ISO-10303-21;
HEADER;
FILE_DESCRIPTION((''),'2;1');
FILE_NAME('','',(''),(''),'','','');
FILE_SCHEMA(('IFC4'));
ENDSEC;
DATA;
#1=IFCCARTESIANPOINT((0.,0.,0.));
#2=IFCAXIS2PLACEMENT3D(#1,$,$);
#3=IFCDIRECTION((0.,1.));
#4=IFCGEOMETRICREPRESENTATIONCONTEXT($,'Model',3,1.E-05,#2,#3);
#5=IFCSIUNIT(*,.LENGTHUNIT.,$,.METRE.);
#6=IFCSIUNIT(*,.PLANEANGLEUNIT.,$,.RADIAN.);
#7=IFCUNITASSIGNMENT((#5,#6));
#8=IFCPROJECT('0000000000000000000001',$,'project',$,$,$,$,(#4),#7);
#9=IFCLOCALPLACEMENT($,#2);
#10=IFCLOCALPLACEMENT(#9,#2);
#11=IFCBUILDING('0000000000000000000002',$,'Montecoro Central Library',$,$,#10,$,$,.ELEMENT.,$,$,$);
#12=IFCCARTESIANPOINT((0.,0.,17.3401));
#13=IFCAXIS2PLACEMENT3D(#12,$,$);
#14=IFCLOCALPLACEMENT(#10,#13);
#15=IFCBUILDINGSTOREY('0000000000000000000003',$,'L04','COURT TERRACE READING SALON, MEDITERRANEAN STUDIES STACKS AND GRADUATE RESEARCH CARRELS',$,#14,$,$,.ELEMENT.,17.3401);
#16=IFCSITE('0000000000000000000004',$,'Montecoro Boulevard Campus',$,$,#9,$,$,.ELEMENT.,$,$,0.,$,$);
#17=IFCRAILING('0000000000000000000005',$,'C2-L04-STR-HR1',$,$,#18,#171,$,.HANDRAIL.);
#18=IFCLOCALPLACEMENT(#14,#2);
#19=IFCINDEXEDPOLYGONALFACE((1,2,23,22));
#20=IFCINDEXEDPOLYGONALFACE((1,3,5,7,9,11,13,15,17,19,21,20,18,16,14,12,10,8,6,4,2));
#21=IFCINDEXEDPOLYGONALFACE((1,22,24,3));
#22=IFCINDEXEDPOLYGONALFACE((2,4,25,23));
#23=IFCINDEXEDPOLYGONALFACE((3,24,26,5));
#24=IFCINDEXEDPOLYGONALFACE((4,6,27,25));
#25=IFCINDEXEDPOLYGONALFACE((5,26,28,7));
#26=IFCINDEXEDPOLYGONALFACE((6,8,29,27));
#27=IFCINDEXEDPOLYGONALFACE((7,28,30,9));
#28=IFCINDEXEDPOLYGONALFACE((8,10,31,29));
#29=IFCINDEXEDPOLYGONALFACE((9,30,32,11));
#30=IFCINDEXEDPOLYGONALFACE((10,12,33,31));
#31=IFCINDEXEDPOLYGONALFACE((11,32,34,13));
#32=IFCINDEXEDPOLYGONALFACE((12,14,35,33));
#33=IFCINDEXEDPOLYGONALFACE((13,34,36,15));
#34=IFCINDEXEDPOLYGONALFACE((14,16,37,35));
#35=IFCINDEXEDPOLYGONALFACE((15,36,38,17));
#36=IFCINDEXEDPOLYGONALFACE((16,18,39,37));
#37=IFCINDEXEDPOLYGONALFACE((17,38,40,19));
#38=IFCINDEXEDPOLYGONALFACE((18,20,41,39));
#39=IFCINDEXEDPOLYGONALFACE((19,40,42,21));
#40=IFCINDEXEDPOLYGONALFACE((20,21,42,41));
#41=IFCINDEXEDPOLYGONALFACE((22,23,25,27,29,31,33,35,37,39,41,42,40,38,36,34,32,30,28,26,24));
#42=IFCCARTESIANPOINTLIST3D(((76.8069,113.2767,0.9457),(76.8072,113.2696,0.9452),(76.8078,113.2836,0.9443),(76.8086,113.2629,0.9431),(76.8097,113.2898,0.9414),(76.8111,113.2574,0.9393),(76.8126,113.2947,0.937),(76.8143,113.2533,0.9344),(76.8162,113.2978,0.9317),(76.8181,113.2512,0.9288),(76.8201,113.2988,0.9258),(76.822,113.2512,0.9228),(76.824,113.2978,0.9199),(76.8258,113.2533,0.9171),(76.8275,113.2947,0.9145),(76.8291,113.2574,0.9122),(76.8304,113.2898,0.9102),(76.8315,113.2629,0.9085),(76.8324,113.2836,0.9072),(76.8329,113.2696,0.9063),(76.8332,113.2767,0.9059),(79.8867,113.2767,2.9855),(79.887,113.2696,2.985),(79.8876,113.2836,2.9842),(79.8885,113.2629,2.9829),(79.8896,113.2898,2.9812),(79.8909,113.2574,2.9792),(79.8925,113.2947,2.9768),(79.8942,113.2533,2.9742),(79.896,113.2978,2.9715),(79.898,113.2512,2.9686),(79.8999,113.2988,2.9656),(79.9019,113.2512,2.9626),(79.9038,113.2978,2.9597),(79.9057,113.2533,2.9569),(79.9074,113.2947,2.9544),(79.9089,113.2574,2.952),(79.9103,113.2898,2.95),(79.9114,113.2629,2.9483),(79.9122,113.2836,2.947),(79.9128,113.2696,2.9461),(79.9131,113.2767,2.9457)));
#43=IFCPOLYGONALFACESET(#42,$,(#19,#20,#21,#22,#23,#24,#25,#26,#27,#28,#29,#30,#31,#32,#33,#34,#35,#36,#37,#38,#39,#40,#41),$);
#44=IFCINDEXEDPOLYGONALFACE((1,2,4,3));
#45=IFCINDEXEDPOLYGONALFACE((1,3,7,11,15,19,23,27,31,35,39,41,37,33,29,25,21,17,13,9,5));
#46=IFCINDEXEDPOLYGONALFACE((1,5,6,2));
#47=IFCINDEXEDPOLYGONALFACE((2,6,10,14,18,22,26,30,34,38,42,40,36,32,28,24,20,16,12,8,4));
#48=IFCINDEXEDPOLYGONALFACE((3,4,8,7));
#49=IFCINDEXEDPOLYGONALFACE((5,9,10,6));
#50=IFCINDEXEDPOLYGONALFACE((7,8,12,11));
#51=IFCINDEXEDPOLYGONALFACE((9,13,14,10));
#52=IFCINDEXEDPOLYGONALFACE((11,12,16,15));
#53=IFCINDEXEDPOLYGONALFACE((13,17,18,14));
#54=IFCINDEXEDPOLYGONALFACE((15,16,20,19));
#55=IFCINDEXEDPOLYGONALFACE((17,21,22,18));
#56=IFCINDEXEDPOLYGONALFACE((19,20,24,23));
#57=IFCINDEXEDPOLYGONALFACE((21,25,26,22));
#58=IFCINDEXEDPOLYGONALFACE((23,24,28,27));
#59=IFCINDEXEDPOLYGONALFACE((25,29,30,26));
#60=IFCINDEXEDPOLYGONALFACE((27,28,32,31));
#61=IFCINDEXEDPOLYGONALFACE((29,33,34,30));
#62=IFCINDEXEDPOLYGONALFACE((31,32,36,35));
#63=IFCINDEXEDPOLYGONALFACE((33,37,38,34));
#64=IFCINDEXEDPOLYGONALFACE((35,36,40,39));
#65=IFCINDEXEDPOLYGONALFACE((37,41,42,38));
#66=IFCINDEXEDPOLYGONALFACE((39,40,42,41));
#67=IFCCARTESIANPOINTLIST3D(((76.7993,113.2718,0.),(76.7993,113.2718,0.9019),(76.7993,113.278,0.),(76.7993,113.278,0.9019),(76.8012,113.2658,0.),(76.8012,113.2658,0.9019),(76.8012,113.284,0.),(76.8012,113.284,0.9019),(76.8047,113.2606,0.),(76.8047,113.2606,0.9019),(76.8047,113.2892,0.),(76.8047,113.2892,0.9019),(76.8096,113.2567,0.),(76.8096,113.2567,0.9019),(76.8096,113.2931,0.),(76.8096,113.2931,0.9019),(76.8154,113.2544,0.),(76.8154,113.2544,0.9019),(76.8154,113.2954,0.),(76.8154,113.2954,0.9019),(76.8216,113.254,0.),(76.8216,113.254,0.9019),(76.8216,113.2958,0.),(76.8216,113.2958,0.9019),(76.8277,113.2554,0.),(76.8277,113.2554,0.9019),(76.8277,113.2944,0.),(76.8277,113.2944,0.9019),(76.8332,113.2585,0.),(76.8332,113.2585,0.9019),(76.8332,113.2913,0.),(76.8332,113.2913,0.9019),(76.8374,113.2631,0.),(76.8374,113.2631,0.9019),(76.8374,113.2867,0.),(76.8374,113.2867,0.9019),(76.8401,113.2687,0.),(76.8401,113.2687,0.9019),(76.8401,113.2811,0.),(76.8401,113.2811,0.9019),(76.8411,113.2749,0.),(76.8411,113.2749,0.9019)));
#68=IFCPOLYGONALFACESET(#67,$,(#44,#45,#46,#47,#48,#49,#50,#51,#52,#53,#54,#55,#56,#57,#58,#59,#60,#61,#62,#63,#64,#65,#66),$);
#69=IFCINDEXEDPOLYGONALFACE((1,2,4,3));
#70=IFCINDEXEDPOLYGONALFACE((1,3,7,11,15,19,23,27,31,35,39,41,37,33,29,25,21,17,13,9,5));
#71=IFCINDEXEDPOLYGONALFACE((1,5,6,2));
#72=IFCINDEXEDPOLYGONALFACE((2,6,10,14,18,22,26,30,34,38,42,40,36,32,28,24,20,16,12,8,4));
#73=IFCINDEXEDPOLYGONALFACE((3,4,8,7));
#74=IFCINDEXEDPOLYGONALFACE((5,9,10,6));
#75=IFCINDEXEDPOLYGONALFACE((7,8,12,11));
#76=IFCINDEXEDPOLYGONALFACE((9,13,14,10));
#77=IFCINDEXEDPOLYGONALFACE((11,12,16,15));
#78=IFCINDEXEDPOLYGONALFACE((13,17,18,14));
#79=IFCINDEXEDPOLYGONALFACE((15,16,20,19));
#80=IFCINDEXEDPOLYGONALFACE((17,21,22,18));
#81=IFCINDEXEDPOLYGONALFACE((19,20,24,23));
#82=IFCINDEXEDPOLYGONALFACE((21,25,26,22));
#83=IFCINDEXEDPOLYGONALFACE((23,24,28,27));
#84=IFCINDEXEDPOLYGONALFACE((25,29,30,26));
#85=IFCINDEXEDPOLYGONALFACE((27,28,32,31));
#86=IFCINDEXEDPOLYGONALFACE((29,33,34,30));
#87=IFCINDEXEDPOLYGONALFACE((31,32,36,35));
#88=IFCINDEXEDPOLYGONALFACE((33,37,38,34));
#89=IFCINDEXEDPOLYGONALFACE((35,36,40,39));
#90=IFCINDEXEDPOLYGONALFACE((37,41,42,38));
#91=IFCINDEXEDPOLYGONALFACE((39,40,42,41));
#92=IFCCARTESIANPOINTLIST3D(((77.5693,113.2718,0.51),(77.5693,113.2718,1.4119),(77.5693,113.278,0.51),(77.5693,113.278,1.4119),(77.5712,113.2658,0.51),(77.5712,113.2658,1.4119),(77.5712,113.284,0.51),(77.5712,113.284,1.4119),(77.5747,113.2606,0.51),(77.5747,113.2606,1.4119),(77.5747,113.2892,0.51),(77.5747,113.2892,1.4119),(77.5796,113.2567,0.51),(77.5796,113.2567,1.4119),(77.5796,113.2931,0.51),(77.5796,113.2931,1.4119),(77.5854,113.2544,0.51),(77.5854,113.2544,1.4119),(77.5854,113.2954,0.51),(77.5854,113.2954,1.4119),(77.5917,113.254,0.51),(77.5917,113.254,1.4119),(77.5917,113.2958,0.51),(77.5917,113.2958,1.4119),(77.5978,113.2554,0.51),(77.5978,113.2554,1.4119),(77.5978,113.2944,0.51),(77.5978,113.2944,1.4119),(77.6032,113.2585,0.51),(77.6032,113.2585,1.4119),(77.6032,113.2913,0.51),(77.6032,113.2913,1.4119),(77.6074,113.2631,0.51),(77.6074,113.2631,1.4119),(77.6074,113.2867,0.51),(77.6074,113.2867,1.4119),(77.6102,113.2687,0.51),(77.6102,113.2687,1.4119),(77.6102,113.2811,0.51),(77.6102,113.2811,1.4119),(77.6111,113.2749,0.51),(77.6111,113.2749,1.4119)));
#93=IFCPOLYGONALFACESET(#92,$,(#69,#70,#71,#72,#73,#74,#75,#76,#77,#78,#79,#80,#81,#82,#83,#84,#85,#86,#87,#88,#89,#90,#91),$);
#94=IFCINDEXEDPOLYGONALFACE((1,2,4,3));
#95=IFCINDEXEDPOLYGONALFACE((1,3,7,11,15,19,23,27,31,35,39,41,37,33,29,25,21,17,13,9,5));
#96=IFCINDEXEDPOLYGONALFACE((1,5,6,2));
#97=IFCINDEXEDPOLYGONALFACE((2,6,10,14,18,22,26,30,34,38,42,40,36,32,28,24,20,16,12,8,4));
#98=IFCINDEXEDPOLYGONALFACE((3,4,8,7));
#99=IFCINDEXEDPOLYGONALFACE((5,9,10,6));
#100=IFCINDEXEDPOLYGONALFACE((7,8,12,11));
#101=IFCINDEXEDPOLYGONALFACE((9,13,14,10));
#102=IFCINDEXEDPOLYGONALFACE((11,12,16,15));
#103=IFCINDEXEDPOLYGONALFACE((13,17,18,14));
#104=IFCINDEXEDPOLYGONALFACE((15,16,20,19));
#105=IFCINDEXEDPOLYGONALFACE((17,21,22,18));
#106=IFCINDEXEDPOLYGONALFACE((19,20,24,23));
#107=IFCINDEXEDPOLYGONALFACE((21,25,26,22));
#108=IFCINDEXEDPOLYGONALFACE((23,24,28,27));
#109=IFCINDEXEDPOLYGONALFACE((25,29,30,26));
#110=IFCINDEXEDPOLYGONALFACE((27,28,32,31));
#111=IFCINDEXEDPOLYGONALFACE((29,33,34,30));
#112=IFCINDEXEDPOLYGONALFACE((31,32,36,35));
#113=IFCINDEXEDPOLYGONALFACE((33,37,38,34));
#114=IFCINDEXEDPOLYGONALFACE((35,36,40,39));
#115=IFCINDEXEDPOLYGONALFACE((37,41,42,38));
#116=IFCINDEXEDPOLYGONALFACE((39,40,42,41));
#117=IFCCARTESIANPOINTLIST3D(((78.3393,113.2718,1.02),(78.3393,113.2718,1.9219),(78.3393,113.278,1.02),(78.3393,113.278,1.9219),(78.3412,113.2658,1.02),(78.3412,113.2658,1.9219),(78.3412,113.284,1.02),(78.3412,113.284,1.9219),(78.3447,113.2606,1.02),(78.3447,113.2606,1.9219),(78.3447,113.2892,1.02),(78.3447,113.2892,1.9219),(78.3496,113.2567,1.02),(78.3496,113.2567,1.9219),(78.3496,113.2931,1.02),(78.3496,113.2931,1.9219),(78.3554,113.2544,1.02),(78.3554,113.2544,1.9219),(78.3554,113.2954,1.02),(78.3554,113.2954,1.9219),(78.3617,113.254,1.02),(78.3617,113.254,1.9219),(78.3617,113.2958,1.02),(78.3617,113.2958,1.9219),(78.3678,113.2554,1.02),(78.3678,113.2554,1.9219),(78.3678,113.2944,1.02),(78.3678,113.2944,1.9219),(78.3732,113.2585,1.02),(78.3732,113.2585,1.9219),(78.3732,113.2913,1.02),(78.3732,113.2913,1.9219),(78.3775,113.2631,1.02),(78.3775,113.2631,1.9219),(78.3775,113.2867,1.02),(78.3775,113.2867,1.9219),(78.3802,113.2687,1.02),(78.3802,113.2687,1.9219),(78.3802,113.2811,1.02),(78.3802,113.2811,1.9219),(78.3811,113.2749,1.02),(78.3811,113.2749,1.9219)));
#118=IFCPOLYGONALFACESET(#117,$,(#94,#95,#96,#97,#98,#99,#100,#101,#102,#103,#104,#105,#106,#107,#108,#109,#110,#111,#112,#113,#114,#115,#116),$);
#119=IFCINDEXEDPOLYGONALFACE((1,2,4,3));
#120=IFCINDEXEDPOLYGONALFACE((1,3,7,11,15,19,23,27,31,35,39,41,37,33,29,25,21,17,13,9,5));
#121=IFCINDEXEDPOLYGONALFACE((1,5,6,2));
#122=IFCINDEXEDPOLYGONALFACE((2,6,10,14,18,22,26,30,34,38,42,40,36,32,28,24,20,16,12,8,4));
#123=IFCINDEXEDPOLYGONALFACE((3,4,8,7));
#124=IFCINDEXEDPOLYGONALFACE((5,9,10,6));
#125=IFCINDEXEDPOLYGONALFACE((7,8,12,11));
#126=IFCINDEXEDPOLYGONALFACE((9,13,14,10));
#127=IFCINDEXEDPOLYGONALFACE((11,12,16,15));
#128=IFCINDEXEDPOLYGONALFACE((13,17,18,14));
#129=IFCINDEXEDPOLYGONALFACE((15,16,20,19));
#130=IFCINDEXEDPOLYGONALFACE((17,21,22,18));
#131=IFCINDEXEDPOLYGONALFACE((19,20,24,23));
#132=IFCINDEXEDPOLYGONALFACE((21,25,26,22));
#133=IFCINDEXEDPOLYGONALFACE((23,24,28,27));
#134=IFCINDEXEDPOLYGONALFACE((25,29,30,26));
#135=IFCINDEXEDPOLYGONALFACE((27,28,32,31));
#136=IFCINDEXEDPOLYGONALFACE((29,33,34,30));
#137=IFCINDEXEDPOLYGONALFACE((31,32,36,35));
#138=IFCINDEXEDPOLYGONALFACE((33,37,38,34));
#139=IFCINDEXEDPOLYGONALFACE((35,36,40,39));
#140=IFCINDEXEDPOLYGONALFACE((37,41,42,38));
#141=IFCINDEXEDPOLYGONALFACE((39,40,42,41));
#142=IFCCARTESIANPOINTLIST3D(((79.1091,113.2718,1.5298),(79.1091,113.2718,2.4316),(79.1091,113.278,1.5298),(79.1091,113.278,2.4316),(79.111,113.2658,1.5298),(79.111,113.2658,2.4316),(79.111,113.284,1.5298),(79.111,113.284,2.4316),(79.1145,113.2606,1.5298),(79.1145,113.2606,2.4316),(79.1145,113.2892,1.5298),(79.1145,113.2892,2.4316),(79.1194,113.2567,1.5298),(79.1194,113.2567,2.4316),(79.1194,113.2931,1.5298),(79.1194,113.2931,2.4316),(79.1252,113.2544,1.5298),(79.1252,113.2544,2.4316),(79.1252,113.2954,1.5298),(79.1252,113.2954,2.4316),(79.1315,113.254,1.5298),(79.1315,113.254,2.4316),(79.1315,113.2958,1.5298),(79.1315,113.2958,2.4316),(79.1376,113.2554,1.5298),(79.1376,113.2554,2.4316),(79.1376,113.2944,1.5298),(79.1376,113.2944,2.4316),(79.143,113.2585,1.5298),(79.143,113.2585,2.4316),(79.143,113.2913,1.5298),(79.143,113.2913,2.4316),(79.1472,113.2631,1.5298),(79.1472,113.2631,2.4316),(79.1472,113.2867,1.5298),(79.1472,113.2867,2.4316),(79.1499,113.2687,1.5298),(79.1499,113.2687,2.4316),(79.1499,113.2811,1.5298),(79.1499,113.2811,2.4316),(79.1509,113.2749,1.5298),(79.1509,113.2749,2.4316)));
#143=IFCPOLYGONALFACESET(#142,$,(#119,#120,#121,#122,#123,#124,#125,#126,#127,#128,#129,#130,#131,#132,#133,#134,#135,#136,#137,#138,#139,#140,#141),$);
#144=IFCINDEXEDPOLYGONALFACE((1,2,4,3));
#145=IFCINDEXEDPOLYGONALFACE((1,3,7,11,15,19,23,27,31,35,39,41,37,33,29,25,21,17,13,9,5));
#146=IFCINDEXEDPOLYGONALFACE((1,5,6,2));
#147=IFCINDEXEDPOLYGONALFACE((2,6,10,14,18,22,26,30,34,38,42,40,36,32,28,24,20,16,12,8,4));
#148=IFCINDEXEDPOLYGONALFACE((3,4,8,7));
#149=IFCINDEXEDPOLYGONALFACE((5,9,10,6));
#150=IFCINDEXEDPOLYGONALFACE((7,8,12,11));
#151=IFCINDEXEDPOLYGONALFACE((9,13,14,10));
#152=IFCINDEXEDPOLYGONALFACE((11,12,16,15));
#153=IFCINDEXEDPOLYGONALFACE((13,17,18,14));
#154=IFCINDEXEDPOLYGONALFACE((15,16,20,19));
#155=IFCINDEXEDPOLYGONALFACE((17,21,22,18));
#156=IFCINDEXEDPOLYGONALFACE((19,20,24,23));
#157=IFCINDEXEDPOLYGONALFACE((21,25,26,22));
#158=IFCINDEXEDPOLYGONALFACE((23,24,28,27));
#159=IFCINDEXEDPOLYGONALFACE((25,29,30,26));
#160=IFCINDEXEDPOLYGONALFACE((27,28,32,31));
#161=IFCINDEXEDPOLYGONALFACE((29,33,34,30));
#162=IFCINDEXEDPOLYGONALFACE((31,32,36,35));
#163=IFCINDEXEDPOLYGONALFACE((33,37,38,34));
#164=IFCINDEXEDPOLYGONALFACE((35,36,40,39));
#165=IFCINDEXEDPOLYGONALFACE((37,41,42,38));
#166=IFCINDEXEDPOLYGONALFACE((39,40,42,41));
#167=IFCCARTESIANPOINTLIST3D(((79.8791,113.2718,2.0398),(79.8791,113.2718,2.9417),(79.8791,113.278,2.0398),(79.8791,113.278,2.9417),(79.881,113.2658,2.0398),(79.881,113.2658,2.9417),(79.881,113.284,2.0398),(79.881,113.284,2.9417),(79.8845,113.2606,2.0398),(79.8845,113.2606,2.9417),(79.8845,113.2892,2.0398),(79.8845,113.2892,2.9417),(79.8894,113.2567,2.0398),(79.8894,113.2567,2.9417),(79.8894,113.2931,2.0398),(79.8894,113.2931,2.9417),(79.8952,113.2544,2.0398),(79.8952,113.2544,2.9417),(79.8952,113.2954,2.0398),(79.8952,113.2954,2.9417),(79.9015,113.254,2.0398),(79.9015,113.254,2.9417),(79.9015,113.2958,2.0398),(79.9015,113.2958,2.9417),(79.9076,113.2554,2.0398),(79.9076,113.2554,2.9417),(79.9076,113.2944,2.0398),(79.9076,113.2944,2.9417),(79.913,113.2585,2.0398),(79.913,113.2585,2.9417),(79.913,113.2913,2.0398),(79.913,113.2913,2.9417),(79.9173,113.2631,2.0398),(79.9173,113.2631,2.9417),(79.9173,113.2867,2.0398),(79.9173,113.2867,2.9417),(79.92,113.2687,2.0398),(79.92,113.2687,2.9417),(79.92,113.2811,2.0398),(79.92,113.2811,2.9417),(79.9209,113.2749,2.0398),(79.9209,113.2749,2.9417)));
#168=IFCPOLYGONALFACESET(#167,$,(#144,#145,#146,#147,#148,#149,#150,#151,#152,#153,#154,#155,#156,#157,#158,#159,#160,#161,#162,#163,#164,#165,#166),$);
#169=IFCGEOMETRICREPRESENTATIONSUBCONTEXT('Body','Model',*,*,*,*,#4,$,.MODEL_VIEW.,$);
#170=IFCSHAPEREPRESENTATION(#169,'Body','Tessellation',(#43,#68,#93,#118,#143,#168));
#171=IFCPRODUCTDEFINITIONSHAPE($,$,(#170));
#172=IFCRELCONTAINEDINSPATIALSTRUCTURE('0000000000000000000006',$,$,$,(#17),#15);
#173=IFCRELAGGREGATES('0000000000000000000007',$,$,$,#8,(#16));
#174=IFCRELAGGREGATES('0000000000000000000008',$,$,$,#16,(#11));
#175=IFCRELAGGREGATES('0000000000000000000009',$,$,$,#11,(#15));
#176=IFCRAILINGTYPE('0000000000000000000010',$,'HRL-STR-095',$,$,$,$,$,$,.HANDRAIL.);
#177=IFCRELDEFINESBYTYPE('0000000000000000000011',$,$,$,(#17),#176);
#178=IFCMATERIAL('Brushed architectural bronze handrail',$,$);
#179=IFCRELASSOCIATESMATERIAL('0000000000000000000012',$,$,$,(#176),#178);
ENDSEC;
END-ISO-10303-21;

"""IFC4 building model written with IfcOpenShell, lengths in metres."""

from ifc_helpers import new_model, si_unit, direction, frame, origin, origin_2d, place, context, subcontext, project, spatial, circle, extrude, material, type_object, element, save


model = new_model("IFC4")

# Units and contexts
model_context = context("Model", 3, precision=1e-05, world=origin(), true_north=direction((0.0, 1.0)))
body_context = subcontext(model_context, "Body", "Model", "MODEL_VIEW")
ifc_project = project(units=[si_unit("LENGTHUNIT", "METRE"), si_unit("PLANEANGLEUNIT", "RADIAN")], contexts=[model_context])

# Site, building, storey
site_placement = place(None, origin())
site = spatial("IfcSite", under=ifc_project, at=site_placement, Name="Montecoro Boulevard Campus", CompositionType="ELEMENT", RefElevation=0.0)
building_placement = place(site_placement, origin())
building = spatial("IfcBuilding", under=site, at=building_placement, Name="Montecoro Central Library", CompositionType="ELEMENT")
storey_placement = place(building_placement, frame((0.0, 0.0, 17.3401)))
storey = spatial("IfcBuildingStorey", under=building, at=storey_placement, Name="L04", Description="COURT TERRACE READING SALON, MEDITERRANEAN STUDIES STACKS AND GRADUATE RESEARCH CARRELS", CompositionType="ELEMENT", Elevation=17.3401)

# Railing
ifc_material_1 = material(Name="Brushed architectural bronze handrail")
railing_type = type_object("IfcRailingType", Name="HRL-STR-095", PredefinedType="HANDRAIL", material=ifc_material_1)
railing_placement = place(storey_placement, frame((76.8201, 113.2749, 0.0)))
element("IfcRailing", 1, at=railing_placement, inside=storey, type_object=railing_type, Name="C2-L04-STR-HR1", PredefinedType="HANDRAIL", context=body_context, shape_type="SweptSolid", body=[
    extrude(circle(Radius=0.0239, at=origin_2d()), frame((0.0, 0.0, 0.9258), z_axis=(0.833724, 0.0, 0.552181), x_axis=(0.0, 1.0, 0.0)), (0.0, 0.0, 1.0), 3.6941),
    extrude(circle(Radius=0.021, at=origin_2d()), origin(), (0.0, 0.0, 1.0), 0.9019),
    extrude(circle(Radius=0.021, at=origin_2d()), frame((0.77, 0.0, 0.51)), (0.0, 0.0, 1.0), 0.9019),
    extrude(circle(Radius=0.021, at=origin_2d()), frame((1.54, 0.0, 1.02)), (0.0, 0.0, 1.0), 0.9019),
    extrude(circle(Radius=0.021, at=origin_2d()), frame((2.3098, 0.0, 1.5298)), (0.0, 0.0, 1.0), 0.9019),
    extrude(circle(Radius=0.021, at=origin_2d()), frame((3.0798, 0.0, 2.0398)), (0.0, 0.0, 1.0), 0.9019),
])

save(model, "model.ifc")
